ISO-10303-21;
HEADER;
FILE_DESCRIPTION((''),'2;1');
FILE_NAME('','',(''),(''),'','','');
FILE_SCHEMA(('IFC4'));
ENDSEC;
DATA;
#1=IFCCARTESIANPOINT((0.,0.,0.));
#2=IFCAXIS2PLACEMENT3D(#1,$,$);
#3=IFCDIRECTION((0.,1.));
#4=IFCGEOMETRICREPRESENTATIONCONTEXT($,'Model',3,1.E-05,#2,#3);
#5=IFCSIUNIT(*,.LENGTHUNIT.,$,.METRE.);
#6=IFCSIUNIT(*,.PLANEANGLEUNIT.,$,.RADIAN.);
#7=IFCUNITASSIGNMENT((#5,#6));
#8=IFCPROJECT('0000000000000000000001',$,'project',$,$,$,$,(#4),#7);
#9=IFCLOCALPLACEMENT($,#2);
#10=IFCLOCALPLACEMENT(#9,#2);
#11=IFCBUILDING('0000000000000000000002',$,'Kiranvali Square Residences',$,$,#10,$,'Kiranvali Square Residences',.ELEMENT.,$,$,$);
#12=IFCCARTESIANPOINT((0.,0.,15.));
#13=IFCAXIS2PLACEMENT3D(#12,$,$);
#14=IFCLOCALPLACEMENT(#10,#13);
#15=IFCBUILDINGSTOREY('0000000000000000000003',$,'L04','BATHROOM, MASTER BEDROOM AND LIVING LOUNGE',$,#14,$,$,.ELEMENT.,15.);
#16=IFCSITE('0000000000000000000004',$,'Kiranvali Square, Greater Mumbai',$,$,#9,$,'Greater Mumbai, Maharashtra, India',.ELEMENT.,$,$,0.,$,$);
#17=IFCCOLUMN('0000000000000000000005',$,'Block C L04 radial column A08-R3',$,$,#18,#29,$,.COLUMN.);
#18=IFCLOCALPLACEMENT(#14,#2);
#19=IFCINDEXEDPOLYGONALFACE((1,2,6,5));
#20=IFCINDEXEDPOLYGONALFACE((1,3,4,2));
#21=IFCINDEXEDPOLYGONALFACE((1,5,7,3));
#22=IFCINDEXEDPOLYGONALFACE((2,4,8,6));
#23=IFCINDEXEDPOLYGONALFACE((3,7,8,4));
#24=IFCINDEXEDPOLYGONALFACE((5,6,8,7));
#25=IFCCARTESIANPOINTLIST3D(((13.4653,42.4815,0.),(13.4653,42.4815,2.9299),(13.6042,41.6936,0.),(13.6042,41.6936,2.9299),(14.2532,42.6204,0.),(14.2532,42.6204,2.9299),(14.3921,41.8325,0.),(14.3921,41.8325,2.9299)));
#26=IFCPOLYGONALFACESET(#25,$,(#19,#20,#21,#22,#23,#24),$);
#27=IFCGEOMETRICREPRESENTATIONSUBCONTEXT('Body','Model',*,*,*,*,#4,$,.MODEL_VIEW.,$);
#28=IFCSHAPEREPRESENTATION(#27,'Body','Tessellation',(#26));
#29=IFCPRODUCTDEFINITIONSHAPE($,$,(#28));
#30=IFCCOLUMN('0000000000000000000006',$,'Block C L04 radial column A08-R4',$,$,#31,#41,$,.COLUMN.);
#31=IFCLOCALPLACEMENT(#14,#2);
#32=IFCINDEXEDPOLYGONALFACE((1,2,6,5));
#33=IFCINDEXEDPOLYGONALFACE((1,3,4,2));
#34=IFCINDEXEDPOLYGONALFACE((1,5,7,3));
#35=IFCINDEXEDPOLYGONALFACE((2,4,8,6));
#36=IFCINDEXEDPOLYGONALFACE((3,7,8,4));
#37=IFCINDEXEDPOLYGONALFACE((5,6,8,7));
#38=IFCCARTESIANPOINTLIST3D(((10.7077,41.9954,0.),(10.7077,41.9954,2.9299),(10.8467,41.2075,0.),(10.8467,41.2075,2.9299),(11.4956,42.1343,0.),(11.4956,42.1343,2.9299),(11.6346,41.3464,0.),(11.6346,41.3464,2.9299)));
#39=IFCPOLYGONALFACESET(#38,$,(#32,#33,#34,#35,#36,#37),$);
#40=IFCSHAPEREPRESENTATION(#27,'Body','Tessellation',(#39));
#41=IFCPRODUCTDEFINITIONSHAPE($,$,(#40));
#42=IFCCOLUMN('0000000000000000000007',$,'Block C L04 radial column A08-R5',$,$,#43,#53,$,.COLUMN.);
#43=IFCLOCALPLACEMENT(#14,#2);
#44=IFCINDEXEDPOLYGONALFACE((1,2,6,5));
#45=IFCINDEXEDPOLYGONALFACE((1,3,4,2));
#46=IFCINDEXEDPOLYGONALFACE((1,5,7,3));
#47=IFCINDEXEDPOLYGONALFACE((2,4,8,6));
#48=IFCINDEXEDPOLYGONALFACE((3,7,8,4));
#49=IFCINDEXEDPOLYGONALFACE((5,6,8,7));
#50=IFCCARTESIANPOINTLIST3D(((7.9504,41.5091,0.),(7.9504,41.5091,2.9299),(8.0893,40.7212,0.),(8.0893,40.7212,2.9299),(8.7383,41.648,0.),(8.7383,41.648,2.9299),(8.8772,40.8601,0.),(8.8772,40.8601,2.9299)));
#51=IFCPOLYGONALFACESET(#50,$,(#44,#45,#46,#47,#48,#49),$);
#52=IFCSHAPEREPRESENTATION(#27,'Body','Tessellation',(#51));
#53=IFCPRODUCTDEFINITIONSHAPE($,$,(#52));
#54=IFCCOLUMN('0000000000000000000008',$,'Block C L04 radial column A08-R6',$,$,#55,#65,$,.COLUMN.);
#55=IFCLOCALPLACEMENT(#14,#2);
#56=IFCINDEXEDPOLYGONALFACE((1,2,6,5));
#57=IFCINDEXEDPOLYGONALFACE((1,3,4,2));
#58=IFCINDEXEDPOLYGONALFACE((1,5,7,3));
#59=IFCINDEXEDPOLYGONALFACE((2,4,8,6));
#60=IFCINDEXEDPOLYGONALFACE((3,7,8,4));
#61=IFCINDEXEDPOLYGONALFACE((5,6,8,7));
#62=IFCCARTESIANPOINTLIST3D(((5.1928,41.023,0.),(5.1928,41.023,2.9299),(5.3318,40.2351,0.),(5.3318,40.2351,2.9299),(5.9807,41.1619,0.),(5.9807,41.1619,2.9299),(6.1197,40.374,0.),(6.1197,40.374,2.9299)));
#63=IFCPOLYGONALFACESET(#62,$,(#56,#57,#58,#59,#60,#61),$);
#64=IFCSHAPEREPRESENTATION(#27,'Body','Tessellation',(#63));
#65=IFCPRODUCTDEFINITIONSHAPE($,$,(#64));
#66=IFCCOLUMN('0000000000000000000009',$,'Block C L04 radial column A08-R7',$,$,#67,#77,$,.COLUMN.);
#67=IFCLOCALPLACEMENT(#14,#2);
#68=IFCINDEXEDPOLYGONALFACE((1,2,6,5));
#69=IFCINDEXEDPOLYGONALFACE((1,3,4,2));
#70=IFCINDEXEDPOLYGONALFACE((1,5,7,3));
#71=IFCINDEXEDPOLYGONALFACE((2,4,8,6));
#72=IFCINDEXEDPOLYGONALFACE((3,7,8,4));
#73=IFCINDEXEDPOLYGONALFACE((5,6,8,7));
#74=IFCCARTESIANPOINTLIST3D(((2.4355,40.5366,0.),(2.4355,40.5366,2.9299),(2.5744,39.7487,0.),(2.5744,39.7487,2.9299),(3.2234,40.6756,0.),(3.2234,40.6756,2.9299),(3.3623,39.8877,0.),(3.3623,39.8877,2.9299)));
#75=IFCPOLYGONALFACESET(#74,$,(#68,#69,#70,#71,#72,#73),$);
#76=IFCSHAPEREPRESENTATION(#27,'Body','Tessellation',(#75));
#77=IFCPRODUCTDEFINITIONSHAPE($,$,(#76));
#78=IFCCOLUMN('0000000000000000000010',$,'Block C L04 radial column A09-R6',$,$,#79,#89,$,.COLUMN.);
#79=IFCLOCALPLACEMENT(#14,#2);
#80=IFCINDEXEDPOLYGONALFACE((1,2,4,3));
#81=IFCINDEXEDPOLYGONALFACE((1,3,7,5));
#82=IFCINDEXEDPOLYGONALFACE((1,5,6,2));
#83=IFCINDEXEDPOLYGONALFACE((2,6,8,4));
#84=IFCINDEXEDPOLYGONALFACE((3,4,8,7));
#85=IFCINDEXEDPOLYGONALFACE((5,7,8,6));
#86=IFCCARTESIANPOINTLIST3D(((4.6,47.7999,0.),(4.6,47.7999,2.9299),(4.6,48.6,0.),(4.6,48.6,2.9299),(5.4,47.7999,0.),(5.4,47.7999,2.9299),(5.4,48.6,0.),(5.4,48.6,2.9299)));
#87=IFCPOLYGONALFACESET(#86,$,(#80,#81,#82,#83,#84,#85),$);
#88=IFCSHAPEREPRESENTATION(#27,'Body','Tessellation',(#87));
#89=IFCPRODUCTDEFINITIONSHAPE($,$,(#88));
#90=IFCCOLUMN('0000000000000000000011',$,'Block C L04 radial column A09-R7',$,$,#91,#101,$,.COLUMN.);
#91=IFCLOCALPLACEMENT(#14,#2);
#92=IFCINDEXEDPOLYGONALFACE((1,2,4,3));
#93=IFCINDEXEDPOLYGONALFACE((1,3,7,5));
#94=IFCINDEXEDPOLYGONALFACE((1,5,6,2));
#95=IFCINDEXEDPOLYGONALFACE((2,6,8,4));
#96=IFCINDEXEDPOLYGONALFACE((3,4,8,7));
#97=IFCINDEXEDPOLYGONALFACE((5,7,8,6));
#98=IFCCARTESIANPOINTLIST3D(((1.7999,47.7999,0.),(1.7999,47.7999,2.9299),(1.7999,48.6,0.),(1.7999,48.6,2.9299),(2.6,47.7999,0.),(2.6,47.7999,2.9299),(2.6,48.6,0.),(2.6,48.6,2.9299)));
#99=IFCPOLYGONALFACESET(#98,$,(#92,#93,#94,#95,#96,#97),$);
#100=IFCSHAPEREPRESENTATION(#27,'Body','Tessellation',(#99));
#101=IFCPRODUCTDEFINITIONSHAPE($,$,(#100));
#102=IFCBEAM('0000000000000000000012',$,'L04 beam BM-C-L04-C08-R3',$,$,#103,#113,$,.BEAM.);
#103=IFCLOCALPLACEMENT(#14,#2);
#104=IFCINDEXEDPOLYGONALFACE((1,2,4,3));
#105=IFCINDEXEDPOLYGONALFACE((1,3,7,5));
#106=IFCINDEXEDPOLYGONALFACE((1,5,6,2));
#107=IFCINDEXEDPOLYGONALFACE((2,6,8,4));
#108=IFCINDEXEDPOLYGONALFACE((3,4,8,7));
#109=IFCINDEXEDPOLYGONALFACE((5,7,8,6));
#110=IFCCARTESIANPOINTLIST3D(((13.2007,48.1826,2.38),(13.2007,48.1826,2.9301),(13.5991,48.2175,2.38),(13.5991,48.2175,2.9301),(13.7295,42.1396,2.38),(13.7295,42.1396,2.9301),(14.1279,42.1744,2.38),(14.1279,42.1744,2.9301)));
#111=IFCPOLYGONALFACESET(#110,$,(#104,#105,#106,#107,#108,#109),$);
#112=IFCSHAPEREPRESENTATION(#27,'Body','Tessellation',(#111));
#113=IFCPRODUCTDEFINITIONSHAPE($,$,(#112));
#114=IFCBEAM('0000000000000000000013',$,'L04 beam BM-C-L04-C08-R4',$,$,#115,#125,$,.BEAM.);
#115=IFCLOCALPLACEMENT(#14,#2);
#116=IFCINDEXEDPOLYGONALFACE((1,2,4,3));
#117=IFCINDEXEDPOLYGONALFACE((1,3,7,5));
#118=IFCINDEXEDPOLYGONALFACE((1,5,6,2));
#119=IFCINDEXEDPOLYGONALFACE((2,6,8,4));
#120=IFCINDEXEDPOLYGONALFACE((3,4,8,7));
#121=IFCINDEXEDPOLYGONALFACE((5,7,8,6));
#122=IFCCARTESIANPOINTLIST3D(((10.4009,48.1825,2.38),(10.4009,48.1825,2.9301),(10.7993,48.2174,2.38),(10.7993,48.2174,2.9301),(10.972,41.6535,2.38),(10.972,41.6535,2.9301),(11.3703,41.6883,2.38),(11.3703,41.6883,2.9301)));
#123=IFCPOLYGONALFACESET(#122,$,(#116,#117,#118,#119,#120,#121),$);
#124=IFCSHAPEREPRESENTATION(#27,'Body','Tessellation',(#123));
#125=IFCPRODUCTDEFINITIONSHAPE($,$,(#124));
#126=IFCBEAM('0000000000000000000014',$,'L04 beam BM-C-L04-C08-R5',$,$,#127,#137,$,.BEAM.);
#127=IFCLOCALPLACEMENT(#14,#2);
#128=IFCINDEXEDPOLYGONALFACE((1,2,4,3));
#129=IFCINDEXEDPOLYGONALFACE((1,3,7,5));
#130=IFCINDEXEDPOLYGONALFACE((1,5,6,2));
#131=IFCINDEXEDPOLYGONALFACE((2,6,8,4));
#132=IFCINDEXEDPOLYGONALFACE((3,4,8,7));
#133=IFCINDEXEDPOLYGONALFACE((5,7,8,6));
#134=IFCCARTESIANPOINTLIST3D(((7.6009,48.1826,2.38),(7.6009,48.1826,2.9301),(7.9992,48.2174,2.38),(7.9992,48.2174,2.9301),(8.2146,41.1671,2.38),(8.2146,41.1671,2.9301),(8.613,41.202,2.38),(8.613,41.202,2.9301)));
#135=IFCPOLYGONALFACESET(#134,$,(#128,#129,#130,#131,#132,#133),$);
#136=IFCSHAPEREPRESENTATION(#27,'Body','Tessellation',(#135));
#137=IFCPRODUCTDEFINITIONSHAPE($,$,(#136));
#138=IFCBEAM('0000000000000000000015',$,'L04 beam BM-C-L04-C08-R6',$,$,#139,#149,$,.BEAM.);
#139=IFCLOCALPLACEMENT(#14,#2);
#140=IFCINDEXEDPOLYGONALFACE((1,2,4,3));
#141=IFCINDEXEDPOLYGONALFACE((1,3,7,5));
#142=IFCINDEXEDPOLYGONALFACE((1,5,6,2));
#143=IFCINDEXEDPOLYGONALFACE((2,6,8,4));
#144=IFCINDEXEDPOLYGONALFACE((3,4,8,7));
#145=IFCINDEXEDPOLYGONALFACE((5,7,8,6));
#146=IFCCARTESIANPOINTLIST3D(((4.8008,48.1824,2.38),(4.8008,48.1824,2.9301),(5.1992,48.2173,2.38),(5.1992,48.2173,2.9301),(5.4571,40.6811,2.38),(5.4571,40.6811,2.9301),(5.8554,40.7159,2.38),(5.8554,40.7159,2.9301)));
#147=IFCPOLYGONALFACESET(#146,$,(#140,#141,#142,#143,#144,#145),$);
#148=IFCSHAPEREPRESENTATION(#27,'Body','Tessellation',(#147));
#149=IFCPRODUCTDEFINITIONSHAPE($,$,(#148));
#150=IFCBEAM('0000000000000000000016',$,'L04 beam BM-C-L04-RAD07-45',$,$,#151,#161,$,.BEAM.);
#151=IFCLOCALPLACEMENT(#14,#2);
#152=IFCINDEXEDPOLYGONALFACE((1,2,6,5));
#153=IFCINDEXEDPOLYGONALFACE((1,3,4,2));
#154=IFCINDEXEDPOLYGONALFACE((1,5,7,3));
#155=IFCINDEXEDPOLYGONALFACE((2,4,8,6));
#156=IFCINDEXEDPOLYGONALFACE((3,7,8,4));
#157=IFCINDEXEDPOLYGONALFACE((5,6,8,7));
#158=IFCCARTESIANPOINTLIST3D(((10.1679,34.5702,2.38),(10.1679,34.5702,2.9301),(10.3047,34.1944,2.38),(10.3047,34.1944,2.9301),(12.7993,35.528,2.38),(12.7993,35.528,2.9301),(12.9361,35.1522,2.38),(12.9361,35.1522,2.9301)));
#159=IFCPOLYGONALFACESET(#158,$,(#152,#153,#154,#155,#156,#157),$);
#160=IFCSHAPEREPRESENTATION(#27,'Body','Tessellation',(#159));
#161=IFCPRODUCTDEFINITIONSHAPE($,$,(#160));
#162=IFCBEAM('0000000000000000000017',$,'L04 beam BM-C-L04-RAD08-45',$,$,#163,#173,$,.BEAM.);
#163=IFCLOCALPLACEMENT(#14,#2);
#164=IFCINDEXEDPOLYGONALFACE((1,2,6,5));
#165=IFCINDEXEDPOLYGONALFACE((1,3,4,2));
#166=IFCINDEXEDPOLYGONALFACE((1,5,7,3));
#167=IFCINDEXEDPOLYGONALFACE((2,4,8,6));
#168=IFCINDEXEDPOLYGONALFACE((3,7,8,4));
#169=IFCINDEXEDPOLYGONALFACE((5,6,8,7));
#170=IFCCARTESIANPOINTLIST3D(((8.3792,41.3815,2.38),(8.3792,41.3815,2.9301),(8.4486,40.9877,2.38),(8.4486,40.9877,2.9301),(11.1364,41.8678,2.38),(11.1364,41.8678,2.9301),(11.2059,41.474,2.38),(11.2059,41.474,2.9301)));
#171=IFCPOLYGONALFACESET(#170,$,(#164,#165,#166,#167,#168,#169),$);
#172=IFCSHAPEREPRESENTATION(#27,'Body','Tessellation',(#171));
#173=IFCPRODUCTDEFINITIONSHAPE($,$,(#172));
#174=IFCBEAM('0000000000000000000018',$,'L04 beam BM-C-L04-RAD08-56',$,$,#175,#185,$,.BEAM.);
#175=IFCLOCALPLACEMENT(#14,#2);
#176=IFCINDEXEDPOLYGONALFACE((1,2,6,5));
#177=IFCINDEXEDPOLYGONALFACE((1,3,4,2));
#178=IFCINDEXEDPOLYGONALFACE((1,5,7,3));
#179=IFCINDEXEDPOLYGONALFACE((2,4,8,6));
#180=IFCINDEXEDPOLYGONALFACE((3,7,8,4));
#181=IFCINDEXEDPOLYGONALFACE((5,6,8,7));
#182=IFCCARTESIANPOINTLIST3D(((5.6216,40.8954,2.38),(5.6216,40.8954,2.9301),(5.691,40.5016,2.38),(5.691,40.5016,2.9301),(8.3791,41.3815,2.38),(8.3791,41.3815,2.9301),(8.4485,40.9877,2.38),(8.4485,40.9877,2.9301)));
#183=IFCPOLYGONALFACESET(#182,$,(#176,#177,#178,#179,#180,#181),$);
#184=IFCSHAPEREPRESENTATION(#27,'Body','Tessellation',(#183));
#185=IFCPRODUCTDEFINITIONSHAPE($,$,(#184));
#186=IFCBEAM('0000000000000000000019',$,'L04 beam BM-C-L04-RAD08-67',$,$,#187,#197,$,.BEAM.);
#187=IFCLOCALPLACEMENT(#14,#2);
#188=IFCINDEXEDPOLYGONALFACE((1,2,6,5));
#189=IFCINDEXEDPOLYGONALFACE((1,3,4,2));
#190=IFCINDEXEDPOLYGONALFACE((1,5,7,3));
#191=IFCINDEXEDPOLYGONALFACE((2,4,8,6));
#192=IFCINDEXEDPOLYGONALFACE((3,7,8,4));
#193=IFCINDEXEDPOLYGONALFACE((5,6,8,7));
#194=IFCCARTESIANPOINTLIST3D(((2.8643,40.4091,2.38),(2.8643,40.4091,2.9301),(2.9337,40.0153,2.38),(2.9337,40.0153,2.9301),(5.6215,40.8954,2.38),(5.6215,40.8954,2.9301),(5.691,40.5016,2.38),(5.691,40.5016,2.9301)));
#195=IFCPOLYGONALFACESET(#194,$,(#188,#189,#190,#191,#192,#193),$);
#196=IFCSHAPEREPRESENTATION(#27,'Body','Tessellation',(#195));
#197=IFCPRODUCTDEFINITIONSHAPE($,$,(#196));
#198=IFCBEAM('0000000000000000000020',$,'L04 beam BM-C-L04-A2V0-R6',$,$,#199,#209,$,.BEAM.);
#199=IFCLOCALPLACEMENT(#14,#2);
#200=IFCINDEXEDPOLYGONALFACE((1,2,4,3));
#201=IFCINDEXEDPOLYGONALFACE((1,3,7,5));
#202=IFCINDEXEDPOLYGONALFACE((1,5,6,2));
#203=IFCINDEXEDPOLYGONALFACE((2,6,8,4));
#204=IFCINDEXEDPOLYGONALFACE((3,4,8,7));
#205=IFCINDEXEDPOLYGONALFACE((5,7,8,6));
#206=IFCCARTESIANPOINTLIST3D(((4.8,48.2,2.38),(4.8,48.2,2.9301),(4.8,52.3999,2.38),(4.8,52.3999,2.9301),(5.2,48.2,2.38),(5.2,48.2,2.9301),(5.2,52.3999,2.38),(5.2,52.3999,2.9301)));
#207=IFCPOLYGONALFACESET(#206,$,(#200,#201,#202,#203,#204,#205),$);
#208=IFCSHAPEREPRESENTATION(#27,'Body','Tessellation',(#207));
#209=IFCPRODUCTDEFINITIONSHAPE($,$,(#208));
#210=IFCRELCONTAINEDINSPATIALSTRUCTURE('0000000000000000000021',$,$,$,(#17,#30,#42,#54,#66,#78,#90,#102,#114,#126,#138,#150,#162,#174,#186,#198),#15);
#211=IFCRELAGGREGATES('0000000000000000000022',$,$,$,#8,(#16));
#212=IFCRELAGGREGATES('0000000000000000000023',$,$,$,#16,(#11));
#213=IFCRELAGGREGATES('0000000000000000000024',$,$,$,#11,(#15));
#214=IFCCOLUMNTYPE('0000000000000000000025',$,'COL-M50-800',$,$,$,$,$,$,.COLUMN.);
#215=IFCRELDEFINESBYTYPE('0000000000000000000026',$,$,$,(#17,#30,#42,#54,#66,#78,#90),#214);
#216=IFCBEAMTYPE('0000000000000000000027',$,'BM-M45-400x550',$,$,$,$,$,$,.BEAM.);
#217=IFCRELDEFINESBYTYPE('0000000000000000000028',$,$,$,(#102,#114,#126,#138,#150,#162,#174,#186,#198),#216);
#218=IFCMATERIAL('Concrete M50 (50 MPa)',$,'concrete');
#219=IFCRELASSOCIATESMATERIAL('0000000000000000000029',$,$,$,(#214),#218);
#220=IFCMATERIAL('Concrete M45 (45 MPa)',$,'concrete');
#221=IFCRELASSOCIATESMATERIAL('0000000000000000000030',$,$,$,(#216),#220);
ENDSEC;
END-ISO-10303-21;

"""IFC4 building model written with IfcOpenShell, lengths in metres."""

from ifc_helpers import new_model, si_unit, direction, frame, origin, origin_2d, place, context, subcontext, project, spatial, rectangle, extrude, material, material_profile, profile_set, type_object, element, save


model = new_model("IFC4")

# Units and contexts
model_context = context("Model", 3, precision=1e-05, world=origin(), true_north=direction((0.0, 1.0)))
body_context = subcontext(model_context, "Body", "Model", "MODEL_VIEW")
ifc_project = project(units=[si_unit("LENGTHUNIT", "METRE"), si_unit("PLANEANGLEUNIT", "RADIAN")], contexts=[model_context])

# Site, building, storey
site_placement = place(None, origin())
site = spatial("IfcSite", under=ifc_project, at=site_placement, Name="Kiranvali Square, Greater Mumbai", LongName="Greater Mumbai, Maharashtra, India", CompositionType="ELEMENT", RefElevation=0.0)
building_placement = place(site_placement, origin())
building = spatial("IfcBuilding", under=site, at=building_placement, Name="Kiranvali Square Residences", LongName="Kiranvali Square Residences", CompositionType="ELEMENT")
storey_placement = place(building_placement, frame((0.0, 0.0, 15.0)))
storey = spatial("IfcBuildingStorey", under=building, at=storey_placement, Name="L04", Description="BATHROOM, MASTER BEDROOM AND LIVING LOUNGE", CompositionType="ELEMENT", Elevation=15.0)

# Columns
ifc_material_1 = material(Name="Concrete M50 (50 MPa)", Category="concrete")
ifc_material_profile_1 = material_profile(ifc_material_1, rectangle(XDim=0.8, YDim=0.8, at=origin_2d()), Name="RC 800x800")
ifc_profile_set_1 = profile_set([ifc_material_profile_1], Name="Concrete M50 (50 MPa)")
column_type = type_object("IfcColumnType", Name="COL-M50-800", PredefinedType="COLUMN", material=ifc_profile_set_1)
for number, where, z_axis, x_axis, name in (
    (1, (13.9287, 42.157, 0.0), (0.0, 0.0, 1.0), (-0.173648, 0.984808, 0.0), "Block C L04 radial column A08-R3"),
    (2, (11.1711, 41.6709, 0.0), (0.0, 0.0, 1.0), (-0.173648, 0.984808, 0.0), "Block C L04 radial column A08-R4"),
    (3, (8.4138, 41.1846, 0.0), (0.0, 0.0, 1.0), (-0.173648, 0.984808, 0.0), "Block C L04 radial column A08-R5"),
    (4, (5.6562, 40.6985, 0.0), (0.0, 0.0, 1.0), (-0.173648, 0.984808, 0.0), "Block C L04 radial column A08-R6"),
    (5, (2.8989, 40.2122, 0.0), (0.0, 0.0, 1.0), (-0.173648, 0.984808, 0.0), "Block C L04 radial column A08-R7"),
    (6, (5.0, 48.2, 0.0), (0.0, 0.0, 1.0), (0.0, 1.0, 0.0), "Block C L04 radial column A09-R6"),
    (7, (2.2, 48.2, 0.0), (0.0, 0.0, 1.0), (0.0, 1.0, 0.0), "Block C L04 radial column A09-R7"),
):
    element("IfcColumn", number, at=place(storey_placement, frame(where, z_axis=z_axis, x_axis=x_axis)), inside=storey, type_object=column_type, Name=name, PredefinedType="COLUMN", context=body_context, shape_type="SweptSolid", body=[
        extrude(rectangle(XDim=0.8, YDim=0.8, at=origin_2d()), origin(), (0.0, 0.0, 1.0), 2.9299),
    ])

# Beams
ifc_material_2 = material(Name="Concrete M45 (45 MPa)", Category="concrete")
ifc_material_profile_2 = material_profile(ifc_material_2, rectangle(XDim=0.3999, YDim=0.55, at=origin_2d()), Name="RC 400x550")
ifc_profile_set_2 = profile_set([ifc_material_profile_2], Name="Concrete M45 (45 MPa)")
beam_type_1 = type_object("IfcBeamType", Name="BM-M45-400x550", PredefinedType="BEAM", material=ifc_profile_set_2)
beam_1_placement = place(storey_placement, frame((13.9287, 42.157, 2.655), z_axis=(-0.087175, 0.996193, 0.0), x_axis=(-0.996193, -0.087175, 0.0)))
element("IfcBeam", 8, at=beam_1_placement, inside=storey, type_object=beam_type_1, Name="L04 beam BM-C-L04-C08-R3", PredefinedType="BEAM", context=body_context, shape_type="SweptSolid", body=[
    extrude(rectangle(XDim=0.3999, YDim=0.55, at=origin_2d()), origin(), (0.0, 0.0, 1.0), 6.0662),
])
beam_2_placement = place(storey_placement, frame((11.1711, 41.6709, 2.655), z_axis=(-0.08713, 0.996197, 0.0), x_axis=(-0.996197, -0.08713, 0.0)))
element("IfcBeam", 9, at=beam_2_placement, inside=storey, type_object=beam_type_1, Name="L04 beam BM-C-L04-C08-R4", PredefinedType="BEAM", context=body_context, shape_type="SweptSolid", body=[
    extrude(rectangle(XDim=0.3999, YDim=0.55, at=origin_2d()), origin(), (0.0, 0.0, 1.0), 6.554),
])
beam_3_placement = place(storey_placement, frame((8.4138, 41.1846, 2.655), z_axis=(-0.087156, 0.996195, 0.0), x_axis=(-0.996195, -0.087156, 0.0)))
element("IfcBeam", 10, at=beam_3_placement, inside=storey, type_object=beam_type_1, Name="L04 beam BM-C-L04-C08-R5", PredefinedType="BEAM", context=body_context, shape_type="SweptSolid", body=[
    extrude(rectangle(XDim=0.3999, YDim=0.55, at=origin_2d()), origin(), (0.0, 0.0, 1.0), 7.0422),
])
beam_4_placement = place(storey_placement, frame((5.6562, 40.6985, 2.655), z_axis=(-0.08715, 0.996195, 0.0), x_axis=(-0.996195, -0.08715, 0.0)))
element("IfcBeam", 11, at=beam_4_placement, inside=storey, type_object=beam_type_1, Name="L04 beam BM-C-L04-C08-R6", PredefinedType="BEAM", context=body_context, shape_type="SweptSolid", body=[
    extrude(rectangle(XDim=0.3999, YDim=0.55, at=origin_2d()), origin(), (0.0, 0.0, 1.0), 7.53),
])
beam_5_placement = place(storey_placement, frame((12.8677, 35.3401, 2.655), z_axis=(-0.939689, -0.34203, 0.0), x_axis=(0.34203, -0.939689, 0.0)))
element("IfcBeam", 12, at=beam_5_placement, inside=storey, type_object=beam_type_1, Name="L04 beam BM-C-L04-RAD07-45", PredefinedType="BEAM", context=body_context, shape_type="SweptSolid", body=[
    extrude(rectangle(XDim=0.3999, YDim=0.55, at=origin_2d()), origin(), (0.0, 0.0, 1.0), 2.8003),
])
beam_6_placement = place(storey_placement, frame((11.1711, 41.6709, 2.655), z_axis=(-0.984799, -0.173696, 0.0), x_axis=(0.173696, -0.984799, 0.0)))
element("IfcBeam", 13, at=beam_6_placement, inside=storey, type_object=beam_type_1, Name="L04 beam BM-C-L04-RAD08-45", PredefinedType="BEAM", context=body_context, shape_type="SweptSolid", body=[
    extrude(rectangle(XDim=0.3999, YDim=0.55, at=origin_2d()), origin(), (0.0, 0.0, 1.0), 2.7998),
])
beam_7_placement = place(storey_placement, frame((8.4138, 41.1846, 2.655), z_axis=(-0.984817, -0.173596, 0.0), x_axis=(0.173596, -0.984817, 0.0)))
element("IfcBeam", 14, at=beam_7_placement, inside=storey, type_object=beam_type_1, Name="L04 beam BM-C-L04-RAD08-56", PredefinedType="BEAM", context=body_context, shape_type="SweptSolid", body=[
    extrude(rectangle(XDim=0.3999, YDim=0.55, at=origin_2d()), origin(), (0.0, 0.0, 1.0), 2.8),
])
beam_8_placement = place(storey_placement, frame((5.6562, 40.6985, 2.655), z_axis=(-0.984799, -0.173696, 0.0), x_axis=(0.173696, -0.984799, 0.0)))
element("IfcBeam", 15, at=beam_8_placement, inside=storey, type_object=beam_type_1, Name="L04 beam BM-C-L04-RAD08-67", PredefinedType="BEAM", context=body_context, shape_type="SweptSolid", body=[
    extrude(rectangle(XDim=0.3999, YDim=0.55, at=origin_2d()), origin(), (0.0, 0.0, 1.0), 2.7998),
])
beam_9_placement = place(storey_placement, frame((5.0, 48.2, 2.655), z_axis=(0.0, 1.0, 0.0), x_axis=(-1.0, 0.0, 0.0)))
element("IfcBeam", 16, at=beam_9_placement, inside=storey, type_object=beam_type_1, Name="L04 beam BM-C-L04-A2V0-R6", PredefinedType="BEAM", context=body_context, shape_type="SweptSolid", body=[
    extrude(rectangle(XDim=0.3999, YDim=0.55, at=origin_2d()), origin(), (0.0, 0.0, 1.0), 4.2),
])

save(model, "model.ifc")
